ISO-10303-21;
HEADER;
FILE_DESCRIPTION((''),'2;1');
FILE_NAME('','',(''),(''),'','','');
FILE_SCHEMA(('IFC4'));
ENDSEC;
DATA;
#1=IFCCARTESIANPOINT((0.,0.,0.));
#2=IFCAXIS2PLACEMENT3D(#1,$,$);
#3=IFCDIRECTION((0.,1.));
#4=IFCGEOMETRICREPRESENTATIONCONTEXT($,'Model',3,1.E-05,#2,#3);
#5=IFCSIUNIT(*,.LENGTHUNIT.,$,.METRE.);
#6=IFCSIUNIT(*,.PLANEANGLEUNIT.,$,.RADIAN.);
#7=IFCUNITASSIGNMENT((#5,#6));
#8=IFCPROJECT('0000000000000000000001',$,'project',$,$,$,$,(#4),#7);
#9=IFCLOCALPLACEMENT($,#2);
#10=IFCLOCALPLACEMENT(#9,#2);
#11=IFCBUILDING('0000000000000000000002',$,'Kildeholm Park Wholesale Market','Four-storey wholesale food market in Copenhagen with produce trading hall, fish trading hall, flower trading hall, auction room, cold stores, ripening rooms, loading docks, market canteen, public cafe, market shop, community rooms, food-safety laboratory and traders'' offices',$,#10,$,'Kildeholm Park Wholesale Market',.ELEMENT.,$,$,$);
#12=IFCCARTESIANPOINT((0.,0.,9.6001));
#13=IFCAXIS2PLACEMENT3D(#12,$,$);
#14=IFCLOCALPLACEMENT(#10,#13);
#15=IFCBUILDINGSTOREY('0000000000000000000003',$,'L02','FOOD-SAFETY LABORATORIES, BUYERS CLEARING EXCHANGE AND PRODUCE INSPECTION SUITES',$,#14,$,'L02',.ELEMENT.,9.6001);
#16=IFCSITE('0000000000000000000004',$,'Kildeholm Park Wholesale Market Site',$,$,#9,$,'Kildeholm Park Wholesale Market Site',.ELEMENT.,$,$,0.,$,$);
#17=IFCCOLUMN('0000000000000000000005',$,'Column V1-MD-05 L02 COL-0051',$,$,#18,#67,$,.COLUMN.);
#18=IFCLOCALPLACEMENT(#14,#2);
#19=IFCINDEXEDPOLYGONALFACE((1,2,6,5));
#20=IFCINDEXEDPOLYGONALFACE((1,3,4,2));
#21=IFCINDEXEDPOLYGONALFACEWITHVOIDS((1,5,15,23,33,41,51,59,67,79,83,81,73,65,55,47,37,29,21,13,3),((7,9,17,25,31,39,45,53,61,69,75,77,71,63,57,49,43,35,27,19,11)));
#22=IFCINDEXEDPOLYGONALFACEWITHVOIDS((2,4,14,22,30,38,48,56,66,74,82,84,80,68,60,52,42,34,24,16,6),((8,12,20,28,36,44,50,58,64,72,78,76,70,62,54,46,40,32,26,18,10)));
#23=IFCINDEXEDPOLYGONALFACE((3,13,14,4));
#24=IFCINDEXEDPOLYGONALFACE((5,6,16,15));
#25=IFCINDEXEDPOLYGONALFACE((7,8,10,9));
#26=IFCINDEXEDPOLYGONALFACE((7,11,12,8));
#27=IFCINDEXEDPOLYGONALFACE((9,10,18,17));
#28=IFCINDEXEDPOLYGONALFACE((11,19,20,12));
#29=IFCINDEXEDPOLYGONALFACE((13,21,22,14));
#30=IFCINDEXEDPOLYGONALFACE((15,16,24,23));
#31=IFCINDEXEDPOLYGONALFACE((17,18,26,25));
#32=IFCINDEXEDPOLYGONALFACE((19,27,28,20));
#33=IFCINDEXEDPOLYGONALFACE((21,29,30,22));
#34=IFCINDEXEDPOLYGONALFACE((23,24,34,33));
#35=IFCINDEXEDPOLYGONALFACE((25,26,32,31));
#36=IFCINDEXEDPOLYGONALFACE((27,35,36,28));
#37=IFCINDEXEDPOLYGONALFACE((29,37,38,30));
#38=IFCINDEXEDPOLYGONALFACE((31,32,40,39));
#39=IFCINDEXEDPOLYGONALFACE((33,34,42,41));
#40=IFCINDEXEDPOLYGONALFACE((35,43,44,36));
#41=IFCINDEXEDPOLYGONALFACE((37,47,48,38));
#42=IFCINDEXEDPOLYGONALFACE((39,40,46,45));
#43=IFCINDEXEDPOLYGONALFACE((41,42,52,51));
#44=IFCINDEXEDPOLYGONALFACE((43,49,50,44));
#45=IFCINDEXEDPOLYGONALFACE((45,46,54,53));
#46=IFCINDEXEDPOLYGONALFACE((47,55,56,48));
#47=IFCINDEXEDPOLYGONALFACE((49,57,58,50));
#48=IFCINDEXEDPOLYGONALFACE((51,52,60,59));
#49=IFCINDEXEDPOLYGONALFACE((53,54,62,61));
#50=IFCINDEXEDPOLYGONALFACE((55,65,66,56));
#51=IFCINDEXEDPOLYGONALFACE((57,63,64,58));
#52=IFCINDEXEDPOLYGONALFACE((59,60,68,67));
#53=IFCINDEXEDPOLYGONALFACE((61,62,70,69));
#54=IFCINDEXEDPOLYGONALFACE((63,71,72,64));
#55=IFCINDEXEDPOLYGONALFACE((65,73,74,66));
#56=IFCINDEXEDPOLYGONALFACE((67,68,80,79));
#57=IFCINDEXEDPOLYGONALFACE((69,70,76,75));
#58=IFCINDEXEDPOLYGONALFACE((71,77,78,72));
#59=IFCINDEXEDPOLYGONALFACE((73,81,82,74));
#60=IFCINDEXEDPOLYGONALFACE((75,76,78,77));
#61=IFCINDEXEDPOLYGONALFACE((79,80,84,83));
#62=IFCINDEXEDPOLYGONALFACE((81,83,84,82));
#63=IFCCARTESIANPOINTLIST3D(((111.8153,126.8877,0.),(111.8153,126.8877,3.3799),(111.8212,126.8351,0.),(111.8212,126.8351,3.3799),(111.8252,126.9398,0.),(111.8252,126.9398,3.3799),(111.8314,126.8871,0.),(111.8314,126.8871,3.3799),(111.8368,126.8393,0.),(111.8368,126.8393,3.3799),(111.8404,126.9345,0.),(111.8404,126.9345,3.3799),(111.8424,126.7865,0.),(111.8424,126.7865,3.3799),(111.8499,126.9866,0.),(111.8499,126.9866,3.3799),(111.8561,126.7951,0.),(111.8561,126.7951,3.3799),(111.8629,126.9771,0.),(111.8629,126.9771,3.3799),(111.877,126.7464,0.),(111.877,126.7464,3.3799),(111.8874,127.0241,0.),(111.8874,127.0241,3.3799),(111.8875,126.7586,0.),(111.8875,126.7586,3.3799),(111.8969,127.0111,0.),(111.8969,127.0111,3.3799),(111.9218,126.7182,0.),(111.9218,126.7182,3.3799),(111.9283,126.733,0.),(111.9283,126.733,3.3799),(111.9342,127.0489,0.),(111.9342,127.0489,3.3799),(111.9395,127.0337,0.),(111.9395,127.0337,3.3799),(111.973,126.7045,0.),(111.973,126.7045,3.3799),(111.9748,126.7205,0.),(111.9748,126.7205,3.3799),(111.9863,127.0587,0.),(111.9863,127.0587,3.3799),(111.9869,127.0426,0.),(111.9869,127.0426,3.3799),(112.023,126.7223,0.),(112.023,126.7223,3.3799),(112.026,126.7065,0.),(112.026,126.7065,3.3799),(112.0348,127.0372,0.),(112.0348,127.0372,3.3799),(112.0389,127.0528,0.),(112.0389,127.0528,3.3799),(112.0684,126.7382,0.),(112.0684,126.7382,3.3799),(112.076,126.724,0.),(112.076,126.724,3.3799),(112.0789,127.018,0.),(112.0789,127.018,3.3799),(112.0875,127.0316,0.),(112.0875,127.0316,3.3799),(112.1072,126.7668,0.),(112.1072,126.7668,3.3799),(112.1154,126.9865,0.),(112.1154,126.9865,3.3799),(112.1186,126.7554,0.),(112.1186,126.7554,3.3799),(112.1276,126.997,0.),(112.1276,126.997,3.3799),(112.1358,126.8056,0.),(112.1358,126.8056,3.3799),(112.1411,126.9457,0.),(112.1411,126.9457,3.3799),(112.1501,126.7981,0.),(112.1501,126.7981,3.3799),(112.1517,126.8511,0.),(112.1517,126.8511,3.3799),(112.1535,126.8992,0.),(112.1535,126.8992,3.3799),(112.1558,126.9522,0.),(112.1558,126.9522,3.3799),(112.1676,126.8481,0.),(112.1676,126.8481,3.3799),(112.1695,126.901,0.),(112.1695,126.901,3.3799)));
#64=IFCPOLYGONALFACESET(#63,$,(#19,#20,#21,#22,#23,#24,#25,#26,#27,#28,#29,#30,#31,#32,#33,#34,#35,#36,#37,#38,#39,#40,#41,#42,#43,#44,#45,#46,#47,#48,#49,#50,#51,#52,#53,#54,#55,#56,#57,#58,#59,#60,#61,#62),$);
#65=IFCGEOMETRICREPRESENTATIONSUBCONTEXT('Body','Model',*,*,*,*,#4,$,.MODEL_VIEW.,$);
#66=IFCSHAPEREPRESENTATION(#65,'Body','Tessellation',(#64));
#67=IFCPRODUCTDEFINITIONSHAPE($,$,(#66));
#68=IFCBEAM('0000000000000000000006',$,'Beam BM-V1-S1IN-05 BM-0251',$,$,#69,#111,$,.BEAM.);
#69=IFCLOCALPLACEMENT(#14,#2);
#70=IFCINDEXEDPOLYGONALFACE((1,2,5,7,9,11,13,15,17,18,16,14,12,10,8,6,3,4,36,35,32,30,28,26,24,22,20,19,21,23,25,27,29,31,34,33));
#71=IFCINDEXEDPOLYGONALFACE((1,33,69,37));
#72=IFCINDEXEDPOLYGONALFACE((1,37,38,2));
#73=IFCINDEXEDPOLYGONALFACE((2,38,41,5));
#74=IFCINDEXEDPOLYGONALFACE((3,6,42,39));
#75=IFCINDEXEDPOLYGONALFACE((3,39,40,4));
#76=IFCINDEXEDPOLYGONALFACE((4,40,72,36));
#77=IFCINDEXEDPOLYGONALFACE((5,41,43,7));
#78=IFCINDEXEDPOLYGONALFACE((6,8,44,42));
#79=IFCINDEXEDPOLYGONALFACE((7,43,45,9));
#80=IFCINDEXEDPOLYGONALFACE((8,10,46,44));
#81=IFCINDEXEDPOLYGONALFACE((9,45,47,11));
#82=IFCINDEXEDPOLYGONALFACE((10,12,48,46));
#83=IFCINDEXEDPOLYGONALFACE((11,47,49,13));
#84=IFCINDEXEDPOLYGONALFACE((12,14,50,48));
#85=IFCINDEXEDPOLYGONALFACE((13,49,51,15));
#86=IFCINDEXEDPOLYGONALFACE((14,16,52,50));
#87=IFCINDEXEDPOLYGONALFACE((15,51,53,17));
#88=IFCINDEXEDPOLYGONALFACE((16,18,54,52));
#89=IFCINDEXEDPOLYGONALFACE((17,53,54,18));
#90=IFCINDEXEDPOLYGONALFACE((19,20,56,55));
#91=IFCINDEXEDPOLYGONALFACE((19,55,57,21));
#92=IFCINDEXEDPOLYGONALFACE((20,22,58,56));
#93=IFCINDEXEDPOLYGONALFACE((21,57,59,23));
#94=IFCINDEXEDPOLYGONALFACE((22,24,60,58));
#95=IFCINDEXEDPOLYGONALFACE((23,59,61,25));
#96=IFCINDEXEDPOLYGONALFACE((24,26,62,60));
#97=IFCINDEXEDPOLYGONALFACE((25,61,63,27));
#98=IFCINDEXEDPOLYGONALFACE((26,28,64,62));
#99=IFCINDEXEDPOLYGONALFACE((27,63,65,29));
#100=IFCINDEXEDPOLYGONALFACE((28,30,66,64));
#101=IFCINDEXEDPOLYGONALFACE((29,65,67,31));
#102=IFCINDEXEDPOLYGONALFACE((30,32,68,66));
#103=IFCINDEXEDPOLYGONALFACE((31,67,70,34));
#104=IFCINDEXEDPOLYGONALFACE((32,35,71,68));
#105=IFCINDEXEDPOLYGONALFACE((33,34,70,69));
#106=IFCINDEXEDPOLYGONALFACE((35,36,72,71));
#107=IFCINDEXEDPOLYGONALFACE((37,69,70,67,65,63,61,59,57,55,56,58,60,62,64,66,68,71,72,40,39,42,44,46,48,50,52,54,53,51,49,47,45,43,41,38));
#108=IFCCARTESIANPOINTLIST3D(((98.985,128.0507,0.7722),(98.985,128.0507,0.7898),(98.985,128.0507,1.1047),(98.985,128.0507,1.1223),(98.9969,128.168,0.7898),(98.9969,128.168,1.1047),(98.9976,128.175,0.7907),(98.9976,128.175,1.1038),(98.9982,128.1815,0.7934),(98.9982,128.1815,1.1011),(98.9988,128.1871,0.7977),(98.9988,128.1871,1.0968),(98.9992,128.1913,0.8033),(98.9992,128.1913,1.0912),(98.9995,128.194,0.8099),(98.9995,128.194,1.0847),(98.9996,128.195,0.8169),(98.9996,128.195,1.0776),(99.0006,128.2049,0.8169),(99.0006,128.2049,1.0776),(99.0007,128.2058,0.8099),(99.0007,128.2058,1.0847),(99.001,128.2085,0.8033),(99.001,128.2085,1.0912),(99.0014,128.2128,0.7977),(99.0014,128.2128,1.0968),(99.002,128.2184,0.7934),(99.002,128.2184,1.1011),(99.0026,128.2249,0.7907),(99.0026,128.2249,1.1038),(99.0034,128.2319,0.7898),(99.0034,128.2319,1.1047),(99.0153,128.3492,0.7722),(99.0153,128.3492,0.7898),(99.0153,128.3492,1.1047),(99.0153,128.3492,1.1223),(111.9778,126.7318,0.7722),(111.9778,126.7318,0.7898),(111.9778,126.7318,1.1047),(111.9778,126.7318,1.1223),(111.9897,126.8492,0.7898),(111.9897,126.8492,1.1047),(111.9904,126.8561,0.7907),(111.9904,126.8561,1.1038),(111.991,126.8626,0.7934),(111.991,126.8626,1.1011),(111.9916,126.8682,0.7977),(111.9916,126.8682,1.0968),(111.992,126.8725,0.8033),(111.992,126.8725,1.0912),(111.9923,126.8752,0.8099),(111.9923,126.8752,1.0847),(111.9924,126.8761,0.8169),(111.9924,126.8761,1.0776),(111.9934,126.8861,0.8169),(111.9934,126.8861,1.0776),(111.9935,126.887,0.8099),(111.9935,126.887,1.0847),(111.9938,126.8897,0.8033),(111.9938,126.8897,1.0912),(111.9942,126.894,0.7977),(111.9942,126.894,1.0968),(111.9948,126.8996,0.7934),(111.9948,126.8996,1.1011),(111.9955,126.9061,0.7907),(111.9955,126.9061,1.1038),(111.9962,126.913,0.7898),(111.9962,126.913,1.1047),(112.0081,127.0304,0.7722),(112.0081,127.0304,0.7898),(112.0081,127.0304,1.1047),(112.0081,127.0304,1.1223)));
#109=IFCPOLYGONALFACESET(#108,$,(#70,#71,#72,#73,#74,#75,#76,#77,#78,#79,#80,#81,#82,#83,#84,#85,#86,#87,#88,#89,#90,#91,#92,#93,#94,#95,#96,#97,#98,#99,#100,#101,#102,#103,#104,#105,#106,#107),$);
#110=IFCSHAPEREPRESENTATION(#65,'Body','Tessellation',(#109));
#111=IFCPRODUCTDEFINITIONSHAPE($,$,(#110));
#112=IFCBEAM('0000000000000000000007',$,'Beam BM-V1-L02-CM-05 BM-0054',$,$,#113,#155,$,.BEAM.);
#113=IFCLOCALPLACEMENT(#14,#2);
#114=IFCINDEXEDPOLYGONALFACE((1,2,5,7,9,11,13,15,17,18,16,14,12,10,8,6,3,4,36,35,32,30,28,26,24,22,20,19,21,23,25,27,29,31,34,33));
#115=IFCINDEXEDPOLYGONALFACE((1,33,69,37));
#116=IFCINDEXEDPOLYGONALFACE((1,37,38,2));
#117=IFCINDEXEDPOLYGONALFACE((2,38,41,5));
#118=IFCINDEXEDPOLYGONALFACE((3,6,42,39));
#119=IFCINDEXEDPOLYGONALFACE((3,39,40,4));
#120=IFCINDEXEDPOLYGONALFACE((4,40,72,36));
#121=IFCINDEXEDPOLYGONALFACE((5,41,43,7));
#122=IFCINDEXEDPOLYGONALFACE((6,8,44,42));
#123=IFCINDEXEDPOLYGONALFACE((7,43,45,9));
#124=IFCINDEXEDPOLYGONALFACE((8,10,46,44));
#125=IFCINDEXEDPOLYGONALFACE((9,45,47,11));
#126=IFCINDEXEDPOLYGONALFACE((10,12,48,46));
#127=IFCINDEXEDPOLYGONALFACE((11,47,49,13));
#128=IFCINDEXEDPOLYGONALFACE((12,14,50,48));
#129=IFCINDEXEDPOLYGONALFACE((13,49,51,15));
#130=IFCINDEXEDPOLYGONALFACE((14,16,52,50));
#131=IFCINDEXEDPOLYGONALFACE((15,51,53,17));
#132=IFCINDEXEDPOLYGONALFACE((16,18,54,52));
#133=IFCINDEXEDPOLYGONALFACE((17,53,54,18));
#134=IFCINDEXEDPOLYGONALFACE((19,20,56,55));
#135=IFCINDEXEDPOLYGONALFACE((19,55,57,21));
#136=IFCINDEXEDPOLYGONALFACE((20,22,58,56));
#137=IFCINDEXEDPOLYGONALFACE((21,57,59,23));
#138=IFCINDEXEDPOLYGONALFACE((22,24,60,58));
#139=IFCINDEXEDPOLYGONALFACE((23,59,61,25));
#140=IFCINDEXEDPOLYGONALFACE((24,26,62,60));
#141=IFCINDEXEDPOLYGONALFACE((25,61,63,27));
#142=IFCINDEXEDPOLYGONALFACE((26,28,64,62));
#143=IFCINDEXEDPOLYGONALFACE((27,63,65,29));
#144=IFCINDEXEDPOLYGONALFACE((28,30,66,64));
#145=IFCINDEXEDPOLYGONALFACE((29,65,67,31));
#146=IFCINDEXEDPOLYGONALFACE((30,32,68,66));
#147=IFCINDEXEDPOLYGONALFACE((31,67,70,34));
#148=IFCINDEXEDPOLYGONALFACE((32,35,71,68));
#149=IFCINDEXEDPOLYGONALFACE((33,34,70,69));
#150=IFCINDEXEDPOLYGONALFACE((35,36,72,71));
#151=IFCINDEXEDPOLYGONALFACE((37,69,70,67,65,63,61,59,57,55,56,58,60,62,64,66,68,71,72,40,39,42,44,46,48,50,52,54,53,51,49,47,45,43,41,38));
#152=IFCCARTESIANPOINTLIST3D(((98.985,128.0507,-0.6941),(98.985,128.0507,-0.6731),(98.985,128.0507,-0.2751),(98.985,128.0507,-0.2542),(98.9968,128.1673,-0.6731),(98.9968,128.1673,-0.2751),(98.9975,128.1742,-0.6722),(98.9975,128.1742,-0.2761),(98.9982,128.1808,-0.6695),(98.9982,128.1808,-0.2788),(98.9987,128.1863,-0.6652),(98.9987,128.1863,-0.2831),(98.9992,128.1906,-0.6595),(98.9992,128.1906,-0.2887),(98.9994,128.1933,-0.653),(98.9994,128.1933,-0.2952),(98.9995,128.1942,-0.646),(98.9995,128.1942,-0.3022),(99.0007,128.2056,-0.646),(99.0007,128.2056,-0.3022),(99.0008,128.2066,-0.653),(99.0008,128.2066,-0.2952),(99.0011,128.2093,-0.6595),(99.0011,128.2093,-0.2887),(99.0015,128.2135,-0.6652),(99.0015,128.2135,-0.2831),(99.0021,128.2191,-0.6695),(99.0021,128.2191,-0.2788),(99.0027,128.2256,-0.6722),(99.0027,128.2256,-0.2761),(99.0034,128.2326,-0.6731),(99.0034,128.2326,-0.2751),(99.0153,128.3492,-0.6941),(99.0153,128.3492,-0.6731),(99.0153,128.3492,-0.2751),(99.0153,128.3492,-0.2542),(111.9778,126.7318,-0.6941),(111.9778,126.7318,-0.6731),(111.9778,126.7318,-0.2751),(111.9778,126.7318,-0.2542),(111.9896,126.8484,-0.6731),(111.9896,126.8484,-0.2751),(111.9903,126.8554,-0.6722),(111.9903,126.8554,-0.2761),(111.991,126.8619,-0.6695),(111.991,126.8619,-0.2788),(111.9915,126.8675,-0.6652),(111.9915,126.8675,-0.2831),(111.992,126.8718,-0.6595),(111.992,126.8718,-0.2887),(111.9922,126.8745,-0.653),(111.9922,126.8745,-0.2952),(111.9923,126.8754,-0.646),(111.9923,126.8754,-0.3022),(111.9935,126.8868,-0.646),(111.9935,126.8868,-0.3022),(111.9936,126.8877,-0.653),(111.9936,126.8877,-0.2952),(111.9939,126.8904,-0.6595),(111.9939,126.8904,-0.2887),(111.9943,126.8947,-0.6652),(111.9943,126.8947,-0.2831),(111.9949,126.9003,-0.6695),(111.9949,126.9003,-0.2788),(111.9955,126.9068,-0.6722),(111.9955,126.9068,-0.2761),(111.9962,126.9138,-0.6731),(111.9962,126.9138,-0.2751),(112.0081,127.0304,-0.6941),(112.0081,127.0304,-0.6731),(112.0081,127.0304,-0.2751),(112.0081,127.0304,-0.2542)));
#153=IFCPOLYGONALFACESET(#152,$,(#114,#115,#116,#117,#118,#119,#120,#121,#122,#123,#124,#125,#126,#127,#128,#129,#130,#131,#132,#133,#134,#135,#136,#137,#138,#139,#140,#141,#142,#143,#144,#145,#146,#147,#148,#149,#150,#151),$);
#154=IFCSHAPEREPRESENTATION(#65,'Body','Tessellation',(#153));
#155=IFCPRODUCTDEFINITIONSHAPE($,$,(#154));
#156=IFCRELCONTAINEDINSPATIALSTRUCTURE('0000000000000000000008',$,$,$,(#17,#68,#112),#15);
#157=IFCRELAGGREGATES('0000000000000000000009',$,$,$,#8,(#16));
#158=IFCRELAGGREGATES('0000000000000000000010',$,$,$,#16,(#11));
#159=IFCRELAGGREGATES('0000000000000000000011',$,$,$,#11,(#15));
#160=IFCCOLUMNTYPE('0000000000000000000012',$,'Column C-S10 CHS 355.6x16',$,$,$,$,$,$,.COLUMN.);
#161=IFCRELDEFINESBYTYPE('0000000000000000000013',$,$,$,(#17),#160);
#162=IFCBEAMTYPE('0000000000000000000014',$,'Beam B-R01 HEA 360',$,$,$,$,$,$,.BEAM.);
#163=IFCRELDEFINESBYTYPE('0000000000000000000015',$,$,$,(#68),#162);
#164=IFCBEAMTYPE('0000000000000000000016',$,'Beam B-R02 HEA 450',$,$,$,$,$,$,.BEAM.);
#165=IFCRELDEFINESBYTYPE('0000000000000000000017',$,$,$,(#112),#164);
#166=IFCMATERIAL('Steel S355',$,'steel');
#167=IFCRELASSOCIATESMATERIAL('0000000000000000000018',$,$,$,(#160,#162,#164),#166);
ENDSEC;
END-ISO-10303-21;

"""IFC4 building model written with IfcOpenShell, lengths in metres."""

from ifc_helpers import new_model, si_unit, direction, frame, origin, origin_2d, place, context, subcontext, project, spatial, hollow_circle, i_section, extrude, material, material_profile, profile_set, type_object, element, save


model = new_model("IFC4")

# Units and contexts
model_context = context("Model", 3, precision=1e-05, world=origin(), true_north=direction((0.0, 1.0)))
body_context = subcontext(model_context, "Body", "Model", "MODEL_VIEW")
ifc_project = project(units=[si_unit("LENGTHUNIT", "METRE"), si_unit("PLANEANGLEUNIT", "RADIAN")], contexts=[model_context])

# Site, building, storey
site_placement = place(None, origin())
site = spatial("IfcSite", under=ifc_project, at=site_placement, Name="Kildeholm Park Wholesale Market Site", LongName="Kildeholm Park Wholesale Market Site", CompositionType="ELEMENT", RefElevation=0.0)
building_placement = place(site_placement, origin())
building = spatial("IfcBuilding", under=site, at=building_placement, Name="Kildeholm Park Wholesale Market", Description="Four-storey wholesale food market in Copenhagen with produce trading hall, fish trading hall, flower trading hall, auction room, cold stores, ripening rooms, loading docks, market canteen, public cafe, market shop, community rooms, food-safety laboratory and traders' offices", LongName="Kildeholm Park Wholesale Market", CompositionType="ELEMENT")
storey_placement = place(building_placement, frame((0.0, 0.0, 9.6001)))
storey = spatial("IfcBuildingStorey", under=building, at=storey_placement, Name="L02", Description="FOOD-SAFETY LABORATORIES, BUYERS CLEARING EXCHANGE AND PRODUCE INSPECTION SUITES", LongName="L02", CompositionType="ELEMENT", Elevation=9.6001)

# Column
ifc_material_1 = material(Name="Steel S355", Category="steel")
ifc_material_profile_1 = material_profile(ifc_material_1, hollow_circle(Radius=0.1777, WallThickness=0.0161, at=origin_2d()), Name="CHS 355.6x16")
ifc_profile_set_1 = profile_set([ifc_material_profile_1], Name="Steel S355")
column_type = type_object("IfcColumnType", Name="Column C-S10 CHS 355.6x16", PredefinedType="COLUMN", material=ifc_profile_set_1)
column_placement = place(storey_placement, frame((111.9929, 126.8811, 0.0), z_axis=(0.0, 0.0, 1.0), x_axis=(0.258819, 0.965926, 0.0)))
element("IfcColumn", 1, at=column_placement, inside=storey, type_object=column_type, Name="Column V1-MD-05 L02 COL-0051", PredefinedType="COLUMN", context=body_context, shape_type="SweptSolid", body=[
    extrude(hollow_circle(Radius=0.1777, WallThickness=0.0161, at=origin_2d()), origin(), (0.0, 0.0, 1.0), 3.3799),
])

# Beams
ifc_material_profile_2 = material_profile(ifc_material_1, i_section(OverallWidth=0.3, OverallDepth=0.3501, WebThickness=0.01, FlangeThickness=0.0176, FilletRadius=0.0271, at=origin_2d()), Name="HEA 360")
ifc_profile_set_2 = profile_set([ifc_material_profile_2], Name="Steel S355")
beam_type_1 = type_object("IfcBeamType", Name="Beam B-R01 HEA 360", PredefinedType="BEAM", material=ifc_profile_set_2)
beam_1_placement = place(storey_placement, frame((111.9929, 126.8811, 0.9473), z_axis=(-0.994888, 0.100986, 0.0), x_axis=(-0.100986, -0.994888, 0.0)))
element("IfcBeam", 2, at=beam_1_placement, inside=storey, type_object=beam_type_1, Name="Beam BM-V1-S1IN-05 BM-0251", PredefinedType="BEAM", context=body_context, shape_type="SweptSolid", body=[
    extrude(i_section(OverallWidth=0.3, OverallDepth=0.3501, WebThickness=0.01, FlangeThickness=0.0176, FilletRadius=0.0271, at=origin_2d()), origin(), (0.0, 0.0, 1.0), 13.0596),
])
ifc_material_profile_3 = material_profile(ifc_material_1, i_section(OverallWidth=0.3, OverallDepth=0.4399, WebThickness=0.0115, FlangeThickness=0.021, FilletRadius=0.0271, at=origin_2d()), Name="HEA 450")
ifc_profile_set_3 = profile_set([ifc_material_profile_3], Name="Steel S355")
beam_type_2 = type_object("IfcBeamType", Name="Beam B-R02 HEA 450", PredefinedType="BEAM", material=ifc_profile_set_3)
beam_2_placement = place(storey_placement, frame((111.9929, 126.8811, -0.4741), z_axis=(-0.994888, 0.100986, 0.0), x_axis=(-0.100986, -0.994888, 0.0)))
element("IfcBeam", 3, at=beam_2_placement, inside=storey, type_object=beam_type_2, Name="Beam BM-V1-L02-CM-05 BM-0054", PredefinedType="BEAM", context=body_context, shape_type="SweptSolid", body=[
    extrude(i_section(OverallWidth=0.3, OverallDepth=0.4399, WebThickness=0.0115, FlangeThickness=0.021, FilletRadius=0.0271, at=origin_2d()), origin(), (0.0, 0.0, 1.0), 13.0596),
])

save(model, "model.ifc")
